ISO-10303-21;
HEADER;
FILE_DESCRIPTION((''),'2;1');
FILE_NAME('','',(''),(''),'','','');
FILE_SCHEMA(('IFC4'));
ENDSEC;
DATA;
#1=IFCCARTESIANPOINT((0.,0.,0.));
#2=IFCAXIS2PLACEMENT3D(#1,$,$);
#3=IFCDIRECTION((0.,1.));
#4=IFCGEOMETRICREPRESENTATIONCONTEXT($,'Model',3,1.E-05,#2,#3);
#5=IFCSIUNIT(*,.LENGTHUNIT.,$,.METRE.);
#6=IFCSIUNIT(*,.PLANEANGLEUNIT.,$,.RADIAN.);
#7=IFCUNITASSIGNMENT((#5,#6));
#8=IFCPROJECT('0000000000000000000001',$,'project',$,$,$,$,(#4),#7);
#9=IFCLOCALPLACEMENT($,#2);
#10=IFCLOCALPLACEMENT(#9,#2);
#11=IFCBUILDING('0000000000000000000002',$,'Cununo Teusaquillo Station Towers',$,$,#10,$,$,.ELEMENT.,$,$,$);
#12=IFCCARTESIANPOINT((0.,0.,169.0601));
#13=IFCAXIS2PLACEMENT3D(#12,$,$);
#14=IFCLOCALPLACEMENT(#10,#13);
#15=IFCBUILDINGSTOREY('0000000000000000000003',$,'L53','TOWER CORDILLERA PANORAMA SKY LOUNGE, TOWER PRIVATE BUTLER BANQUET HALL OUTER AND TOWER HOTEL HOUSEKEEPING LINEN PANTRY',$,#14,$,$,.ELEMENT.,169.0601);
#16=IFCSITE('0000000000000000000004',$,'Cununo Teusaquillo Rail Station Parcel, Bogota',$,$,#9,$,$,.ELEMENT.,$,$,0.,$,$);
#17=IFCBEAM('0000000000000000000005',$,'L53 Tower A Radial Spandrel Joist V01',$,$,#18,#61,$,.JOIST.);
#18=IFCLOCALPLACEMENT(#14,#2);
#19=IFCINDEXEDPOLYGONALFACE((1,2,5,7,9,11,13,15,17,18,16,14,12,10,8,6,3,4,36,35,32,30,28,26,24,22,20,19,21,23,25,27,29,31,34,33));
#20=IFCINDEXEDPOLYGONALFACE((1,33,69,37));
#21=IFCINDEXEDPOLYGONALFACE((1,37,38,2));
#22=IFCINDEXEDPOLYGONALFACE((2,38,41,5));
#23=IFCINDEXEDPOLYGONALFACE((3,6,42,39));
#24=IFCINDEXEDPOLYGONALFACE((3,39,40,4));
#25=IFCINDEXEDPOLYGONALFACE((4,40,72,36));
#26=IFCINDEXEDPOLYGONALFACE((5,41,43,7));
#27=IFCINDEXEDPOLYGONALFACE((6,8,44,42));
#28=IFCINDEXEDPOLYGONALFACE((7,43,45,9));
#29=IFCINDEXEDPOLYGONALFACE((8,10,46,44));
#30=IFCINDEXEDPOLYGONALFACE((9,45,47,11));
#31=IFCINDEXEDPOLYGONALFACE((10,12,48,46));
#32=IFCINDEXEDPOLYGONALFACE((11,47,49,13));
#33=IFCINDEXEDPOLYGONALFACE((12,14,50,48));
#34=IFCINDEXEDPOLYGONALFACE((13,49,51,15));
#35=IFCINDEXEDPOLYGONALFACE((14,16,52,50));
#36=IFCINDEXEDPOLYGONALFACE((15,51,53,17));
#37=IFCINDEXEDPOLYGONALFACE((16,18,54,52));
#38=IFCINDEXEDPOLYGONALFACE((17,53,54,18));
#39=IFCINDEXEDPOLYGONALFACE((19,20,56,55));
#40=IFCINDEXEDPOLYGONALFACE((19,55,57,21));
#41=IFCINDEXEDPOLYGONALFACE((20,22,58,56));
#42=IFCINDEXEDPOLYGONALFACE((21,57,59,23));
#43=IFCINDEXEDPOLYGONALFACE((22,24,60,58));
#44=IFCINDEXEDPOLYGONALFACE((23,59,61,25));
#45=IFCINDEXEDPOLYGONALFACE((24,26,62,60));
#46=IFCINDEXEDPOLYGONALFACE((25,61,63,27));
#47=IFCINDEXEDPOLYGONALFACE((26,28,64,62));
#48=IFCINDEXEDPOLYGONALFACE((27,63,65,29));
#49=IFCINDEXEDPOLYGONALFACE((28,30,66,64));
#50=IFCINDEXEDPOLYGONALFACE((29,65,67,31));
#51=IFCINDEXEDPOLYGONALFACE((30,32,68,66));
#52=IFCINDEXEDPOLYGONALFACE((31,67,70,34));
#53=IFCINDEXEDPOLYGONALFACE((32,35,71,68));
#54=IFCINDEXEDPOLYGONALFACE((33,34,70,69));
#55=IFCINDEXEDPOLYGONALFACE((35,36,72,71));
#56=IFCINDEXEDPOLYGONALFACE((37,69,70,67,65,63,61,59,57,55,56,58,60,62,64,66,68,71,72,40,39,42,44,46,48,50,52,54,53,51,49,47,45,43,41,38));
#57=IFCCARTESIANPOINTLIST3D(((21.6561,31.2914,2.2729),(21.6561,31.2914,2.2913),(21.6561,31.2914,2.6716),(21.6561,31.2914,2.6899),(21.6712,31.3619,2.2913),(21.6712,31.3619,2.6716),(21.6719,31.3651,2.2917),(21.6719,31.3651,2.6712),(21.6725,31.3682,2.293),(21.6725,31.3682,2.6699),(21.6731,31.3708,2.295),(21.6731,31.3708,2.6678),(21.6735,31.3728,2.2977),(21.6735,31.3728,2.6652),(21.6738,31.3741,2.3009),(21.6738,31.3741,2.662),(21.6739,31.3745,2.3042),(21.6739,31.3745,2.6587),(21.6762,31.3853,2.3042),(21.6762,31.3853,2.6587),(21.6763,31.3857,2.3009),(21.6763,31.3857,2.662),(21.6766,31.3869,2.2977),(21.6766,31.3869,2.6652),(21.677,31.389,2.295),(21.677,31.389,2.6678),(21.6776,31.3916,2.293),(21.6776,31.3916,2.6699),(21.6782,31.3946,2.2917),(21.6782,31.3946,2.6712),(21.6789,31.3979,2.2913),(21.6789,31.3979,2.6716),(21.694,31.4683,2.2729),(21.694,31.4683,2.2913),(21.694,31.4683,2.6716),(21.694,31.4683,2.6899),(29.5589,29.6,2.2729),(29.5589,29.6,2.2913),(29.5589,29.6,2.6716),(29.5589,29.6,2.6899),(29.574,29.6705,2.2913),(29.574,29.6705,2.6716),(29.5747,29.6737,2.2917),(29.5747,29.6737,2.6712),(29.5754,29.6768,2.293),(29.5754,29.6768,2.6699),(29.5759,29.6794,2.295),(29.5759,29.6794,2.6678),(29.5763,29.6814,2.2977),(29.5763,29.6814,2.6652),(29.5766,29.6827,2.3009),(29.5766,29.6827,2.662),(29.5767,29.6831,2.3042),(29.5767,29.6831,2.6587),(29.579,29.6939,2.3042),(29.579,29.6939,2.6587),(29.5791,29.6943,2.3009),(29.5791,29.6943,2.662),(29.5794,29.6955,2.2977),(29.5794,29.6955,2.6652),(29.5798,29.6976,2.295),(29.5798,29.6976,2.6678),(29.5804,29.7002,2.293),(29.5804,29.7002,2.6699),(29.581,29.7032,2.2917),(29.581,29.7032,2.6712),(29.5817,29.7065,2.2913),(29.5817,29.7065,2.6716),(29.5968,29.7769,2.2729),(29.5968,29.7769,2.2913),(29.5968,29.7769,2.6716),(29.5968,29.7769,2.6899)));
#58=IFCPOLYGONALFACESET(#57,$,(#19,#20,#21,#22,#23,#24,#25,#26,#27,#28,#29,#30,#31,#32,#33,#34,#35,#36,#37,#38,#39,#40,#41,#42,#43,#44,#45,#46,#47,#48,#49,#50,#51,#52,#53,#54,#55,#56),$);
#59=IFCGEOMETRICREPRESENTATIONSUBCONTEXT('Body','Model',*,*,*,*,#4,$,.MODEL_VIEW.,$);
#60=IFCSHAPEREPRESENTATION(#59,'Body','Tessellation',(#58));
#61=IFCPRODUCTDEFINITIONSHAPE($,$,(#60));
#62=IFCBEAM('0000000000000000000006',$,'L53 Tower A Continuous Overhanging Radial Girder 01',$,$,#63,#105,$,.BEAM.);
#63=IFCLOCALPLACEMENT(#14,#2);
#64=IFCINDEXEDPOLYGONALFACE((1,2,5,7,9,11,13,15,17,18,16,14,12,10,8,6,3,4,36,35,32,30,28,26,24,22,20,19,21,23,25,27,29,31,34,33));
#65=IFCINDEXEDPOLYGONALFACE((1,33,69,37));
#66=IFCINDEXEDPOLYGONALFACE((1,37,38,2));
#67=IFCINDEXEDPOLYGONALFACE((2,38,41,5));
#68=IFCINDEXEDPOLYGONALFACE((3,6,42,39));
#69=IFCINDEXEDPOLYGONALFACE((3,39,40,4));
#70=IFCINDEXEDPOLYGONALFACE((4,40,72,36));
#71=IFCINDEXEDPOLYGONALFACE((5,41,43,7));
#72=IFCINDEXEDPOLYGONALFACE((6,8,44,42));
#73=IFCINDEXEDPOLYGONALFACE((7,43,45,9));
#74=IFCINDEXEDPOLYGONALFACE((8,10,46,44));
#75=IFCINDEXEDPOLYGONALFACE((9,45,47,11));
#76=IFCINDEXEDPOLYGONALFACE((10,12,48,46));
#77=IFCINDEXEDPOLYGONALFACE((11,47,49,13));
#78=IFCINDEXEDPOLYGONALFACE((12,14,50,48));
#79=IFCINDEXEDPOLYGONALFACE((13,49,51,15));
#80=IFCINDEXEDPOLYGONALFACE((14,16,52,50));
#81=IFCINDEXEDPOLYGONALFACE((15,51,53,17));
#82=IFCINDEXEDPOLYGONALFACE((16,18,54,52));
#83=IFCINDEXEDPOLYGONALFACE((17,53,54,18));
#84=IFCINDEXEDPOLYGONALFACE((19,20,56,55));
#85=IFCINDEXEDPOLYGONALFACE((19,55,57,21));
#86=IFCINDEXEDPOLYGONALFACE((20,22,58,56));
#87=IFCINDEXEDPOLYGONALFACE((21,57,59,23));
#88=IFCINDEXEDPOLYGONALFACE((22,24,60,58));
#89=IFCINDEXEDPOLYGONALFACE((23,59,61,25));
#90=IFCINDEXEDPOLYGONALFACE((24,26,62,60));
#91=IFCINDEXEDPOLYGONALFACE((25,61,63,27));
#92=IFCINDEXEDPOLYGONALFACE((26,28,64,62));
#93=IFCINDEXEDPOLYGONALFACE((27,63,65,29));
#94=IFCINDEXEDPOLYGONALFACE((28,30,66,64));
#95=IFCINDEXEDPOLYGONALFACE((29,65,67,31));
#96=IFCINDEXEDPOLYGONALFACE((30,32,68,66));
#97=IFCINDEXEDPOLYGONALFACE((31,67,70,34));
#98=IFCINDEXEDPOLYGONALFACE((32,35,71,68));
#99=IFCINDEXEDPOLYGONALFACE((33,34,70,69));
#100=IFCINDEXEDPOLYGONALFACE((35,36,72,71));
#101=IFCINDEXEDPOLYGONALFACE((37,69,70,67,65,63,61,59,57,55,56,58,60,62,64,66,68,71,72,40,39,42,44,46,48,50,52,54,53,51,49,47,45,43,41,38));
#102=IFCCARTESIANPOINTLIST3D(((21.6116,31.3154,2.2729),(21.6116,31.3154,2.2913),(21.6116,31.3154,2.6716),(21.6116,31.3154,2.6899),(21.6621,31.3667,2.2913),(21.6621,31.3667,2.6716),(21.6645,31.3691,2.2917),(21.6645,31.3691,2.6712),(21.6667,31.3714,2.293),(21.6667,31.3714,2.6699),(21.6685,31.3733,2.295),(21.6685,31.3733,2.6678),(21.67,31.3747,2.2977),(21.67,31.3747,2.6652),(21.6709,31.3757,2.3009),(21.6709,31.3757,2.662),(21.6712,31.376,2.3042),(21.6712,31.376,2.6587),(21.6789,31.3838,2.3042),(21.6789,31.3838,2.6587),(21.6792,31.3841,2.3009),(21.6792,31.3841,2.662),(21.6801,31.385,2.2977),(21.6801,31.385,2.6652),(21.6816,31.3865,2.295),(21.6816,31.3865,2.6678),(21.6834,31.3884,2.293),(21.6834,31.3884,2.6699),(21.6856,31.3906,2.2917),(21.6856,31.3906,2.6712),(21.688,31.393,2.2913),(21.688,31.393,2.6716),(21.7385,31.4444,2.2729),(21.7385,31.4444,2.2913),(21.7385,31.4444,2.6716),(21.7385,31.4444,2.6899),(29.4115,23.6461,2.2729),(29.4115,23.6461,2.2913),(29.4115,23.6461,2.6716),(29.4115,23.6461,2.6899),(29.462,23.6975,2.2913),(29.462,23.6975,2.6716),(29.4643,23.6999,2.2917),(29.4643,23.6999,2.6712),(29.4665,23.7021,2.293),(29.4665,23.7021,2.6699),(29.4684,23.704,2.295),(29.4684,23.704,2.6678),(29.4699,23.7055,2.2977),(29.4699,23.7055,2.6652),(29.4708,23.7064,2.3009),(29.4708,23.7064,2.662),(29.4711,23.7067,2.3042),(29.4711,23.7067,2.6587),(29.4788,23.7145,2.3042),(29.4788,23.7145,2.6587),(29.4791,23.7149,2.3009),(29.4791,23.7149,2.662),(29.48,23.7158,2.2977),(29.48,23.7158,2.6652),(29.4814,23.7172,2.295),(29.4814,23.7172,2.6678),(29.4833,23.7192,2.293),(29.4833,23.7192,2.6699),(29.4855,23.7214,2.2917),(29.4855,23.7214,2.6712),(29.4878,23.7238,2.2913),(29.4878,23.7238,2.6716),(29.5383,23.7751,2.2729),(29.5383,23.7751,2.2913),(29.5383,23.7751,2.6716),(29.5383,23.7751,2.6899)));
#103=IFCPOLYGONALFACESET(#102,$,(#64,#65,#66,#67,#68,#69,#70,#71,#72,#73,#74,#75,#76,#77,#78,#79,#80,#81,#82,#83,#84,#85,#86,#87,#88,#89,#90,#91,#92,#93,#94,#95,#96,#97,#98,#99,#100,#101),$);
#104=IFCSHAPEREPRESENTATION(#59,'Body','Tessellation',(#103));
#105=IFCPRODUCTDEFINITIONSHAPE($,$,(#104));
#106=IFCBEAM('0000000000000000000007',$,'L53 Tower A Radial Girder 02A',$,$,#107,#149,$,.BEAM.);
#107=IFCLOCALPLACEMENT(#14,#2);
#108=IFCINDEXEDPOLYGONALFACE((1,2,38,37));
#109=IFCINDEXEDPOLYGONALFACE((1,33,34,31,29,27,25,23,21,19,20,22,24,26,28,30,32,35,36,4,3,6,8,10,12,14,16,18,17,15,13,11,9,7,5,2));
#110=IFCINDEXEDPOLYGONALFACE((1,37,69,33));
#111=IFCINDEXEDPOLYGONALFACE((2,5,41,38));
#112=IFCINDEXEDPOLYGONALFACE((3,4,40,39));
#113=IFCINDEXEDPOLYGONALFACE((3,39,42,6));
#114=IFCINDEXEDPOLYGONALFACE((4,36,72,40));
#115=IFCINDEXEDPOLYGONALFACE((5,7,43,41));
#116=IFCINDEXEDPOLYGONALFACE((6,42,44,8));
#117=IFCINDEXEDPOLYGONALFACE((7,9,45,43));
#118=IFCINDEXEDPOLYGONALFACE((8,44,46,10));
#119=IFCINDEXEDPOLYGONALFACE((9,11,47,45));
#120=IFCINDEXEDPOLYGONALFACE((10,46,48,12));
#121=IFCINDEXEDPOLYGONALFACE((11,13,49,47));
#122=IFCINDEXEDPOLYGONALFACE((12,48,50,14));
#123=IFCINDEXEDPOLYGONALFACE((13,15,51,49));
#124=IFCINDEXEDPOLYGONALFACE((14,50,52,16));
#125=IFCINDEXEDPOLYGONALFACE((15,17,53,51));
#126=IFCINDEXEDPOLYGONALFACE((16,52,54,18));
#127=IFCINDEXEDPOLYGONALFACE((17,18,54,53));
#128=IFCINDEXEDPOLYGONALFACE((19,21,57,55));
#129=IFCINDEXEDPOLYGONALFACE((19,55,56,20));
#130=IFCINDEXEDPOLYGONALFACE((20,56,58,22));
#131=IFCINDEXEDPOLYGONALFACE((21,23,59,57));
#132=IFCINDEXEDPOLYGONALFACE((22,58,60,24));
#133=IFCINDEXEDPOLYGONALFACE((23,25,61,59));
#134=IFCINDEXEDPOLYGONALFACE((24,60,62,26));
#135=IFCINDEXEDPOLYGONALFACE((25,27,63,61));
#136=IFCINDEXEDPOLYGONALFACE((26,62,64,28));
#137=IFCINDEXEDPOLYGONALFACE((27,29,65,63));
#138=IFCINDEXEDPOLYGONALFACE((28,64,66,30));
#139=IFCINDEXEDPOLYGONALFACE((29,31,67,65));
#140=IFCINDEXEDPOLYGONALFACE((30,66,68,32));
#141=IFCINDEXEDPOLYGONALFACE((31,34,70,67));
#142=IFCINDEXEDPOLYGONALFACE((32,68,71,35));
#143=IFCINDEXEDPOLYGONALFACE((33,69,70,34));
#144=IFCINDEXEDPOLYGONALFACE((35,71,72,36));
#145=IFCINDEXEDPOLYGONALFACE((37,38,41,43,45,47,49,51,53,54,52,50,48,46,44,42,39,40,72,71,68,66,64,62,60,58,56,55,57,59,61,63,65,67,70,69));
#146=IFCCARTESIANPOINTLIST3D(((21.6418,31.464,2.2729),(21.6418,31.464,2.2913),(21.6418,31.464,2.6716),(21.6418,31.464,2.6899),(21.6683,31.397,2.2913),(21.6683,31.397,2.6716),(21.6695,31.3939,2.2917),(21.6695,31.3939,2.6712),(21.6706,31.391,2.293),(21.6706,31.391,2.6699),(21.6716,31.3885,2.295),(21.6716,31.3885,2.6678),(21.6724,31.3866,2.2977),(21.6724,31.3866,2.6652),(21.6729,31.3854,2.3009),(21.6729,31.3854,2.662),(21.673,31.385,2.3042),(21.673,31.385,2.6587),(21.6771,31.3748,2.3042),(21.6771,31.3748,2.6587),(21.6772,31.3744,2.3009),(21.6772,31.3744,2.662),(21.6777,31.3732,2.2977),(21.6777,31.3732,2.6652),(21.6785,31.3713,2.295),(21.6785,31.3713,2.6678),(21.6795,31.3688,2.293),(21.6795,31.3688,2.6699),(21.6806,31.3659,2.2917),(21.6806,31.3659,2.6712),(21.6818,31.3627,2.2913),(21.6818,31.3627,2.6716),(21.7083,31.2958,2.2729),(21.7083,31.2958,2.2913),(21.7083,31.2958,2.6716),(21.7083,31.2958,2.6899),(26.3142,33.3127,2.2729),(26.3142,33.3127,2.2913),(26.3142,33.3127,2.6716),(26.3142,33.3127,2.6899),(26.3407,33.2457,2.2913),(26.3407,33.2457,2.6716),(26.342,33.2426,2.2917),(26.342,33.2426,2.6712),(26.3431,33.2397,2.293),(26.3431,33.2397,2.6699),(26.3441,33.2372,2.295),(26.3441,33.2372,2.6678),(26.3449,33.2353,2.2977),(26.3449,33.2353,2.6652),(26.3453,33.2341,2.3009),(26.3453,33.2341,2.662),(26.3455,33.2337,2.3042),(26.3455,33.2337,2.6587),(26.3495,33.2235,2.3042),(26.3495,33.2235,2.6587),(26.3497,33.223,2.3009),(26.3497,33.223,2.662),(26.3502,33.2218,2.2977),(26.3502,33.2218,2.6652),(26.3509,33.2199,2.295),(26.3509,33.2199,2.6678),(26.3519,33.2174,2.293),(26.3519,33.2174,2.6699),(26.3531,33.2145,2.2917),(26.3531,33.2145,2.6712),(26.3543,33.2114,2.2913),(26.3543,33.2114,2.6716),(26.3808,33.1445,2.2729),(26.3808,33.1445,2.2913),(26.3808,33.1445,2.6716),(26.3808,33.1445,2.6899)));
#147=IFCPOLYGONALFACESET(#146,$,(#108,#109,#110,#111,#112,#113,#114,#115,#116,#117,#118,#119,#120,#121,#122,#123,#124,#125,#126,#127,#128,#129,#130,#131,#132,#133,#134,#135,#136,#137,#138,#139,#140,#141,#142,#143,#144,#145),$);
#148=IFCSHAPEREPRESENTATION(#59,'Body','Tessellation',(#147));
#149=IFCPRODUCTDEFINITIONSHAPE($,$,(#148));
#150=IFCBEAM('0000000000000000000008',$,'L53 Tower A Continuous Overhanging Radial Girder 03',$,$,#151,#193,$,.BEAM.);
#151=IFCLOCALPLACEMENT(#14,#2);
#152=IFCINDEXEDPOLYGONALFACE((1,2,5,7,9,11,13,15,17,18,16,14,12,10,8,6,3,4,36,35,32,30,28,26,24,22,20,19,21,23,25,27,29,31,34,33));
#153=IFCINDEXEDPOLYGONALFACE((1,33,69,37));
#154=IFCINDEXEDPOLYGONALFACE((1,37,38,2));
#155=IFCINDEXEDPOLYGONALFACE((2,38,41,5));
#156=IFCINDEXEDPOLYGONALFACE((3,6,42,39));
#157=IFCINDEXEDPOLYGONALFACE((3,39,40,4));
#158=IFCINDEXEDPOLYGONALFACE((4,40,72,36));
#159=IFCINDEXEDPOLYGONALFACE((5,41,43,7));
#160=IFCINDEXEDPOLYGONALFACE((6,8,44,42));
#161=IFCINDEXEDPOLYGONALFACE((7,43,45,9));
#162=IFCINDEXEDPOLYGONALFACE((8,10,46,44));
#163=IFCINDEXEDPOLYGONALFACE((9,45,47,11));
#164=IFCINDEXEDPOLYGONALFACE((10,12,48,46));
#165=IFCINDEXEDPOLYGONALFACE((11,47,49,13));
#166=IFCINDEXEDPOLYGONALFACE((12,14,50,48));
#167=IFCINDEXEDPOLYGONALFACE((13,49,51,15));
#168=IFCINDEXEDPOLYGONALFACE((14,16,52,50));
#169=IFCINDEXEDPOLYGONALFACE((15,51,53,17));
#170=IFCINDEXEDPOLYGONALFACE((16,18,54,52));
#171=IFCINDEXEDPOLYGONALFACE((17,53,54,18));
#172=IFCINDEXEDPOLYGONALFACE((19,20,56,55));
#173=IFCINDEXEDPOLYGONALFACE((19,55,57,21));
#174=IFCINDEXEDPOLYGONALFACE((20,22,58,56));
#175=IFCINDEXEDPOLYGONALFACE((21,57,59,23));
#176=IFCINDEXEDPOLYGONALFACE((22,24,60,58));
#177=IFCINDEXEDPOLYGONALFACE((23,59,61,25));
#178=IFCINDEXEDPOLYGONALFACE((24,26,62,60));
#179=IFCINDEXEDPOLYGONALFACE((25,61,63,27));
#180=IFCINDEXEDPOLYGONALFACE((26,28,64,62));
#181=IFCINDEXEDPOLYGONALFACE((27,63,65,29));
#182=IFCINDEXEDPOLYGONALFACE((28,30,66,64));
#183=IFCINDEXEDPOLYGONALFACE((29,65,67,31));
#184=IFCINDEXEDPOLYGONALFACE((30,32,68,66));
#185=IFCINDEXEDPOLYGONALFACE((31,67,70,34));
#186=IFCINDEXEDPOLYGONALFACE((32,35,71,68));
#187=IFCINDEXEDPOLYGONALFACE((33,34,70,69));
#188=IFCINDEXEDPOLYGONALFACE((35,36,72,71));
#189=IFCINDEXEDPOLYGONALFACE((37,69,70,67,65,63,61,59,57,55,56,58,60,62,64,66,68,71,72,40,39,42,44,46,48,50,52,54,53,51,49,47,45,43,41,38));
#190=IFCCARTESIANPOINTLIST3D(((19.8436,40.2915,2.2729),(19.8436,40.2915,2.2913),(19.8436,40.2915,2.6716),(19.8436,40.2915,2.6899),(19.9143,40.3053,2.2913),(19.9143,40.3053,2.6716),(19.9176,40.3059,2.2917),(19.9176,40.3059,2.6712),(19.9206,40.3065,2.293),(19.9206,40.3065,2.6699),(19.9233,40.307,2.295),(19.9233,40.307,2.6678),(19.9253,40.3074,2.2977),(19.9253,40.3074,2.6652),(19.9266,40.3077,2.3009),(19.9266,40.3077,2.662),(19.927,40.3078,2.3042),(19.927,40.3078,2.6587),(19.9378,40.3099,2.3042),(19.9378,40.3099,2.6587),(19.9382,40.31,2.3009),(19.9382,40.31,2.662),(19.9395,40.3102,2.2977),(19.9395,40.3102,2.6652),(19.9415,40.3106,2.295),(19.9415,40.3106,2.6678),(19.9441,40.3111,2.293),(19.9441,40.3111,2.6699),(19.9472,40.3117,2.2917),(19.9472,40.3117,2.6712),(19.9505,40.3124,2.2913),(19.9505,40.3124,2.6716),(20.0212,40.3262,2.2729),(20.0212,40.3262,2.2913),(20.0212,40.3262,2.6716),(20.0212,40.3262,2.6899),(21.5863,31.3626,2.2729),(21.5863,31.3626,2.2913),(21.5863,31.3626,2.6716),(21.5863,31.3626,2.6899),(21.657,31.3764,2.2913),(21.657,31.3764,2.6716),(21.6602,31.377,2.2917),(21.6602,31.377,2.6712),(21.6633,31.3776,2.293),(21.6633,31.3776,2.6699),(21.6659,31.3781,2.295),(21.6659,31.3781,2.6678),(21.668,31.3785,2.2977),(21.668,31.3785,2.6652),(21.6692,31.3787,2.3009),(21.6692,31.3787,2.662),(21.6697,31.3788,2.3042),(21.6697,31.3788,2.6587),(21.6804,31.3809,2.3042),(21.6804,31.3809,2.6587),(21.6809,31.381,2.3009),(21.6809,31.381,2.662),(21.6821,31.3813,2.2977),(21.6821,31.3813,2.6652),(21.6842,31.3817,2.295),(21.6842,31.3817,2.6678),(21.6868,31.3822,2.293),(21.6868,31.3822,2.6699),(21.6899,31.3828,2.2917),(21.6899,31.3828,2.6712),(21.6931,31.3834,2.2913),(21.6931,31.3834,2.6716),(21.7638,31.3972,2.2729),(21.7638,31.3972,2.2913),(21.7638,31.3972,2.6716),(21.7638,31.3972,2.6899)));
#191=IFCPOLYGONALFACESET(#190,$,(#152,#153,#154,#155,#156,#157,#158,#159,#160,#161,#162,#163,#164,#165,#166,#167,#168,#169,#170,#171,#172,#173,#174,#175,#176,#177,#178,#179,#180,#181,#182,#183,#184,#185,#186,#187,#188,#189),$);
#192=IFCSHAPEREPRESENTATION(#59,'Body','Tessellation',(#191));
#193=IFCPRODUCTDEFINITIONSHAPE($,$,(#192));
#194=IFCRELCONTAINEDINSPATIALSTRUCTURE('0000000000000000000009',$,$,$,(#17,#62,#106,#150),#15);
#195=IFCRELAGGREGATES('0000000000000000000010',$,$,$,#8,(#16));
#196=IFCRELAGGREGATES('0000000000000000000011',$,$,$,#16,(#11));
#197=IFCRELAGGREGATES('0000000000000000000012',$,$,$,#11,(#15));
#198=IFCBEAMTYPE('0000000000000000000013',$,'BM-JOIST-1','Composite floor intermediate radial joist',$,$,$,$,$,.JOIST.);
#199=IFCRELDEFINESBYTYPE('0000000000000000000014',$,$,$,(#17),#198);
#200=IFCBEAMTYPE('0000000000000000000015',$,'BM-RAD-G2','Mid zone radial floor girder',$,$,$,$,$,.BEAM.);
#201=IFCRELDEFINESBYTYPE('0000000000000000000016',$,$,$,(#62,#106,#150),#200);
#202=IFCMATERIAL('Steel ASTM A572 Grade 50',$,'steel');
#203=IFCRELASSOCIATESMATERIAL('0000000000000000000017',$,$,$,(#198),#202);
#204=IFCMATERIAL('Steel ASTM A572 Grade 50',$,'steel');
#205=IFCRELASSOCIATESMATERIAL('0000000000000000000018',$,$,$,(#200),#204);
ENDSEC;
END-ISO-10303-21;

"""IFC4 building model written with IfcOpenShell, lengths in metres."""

from ifc_helpers import new_model, si_unit, direction, frame, origin, origin_2d, place, context, subcontext, project, spatial, i_section, extrude, material, material_profile, profile_set, type_object, element, save


model = new_model("IFC4")

# Units and contexts
model_context = context("Model", 3, precision=1e-05, world=origin(), true_north=direction((0.0, 1.0)))
body_context = subcontext(model_context, "Body", "Model", "MODEL_VIEW")
ifc_project = project(units=[si_unit("LENGTHUNIT", "METRE"), si_unit("PLANEANGLEUNIT", "RADIAN")], contexts=[model_context])

# Site, building, storey
site_placement = place(None, origin())
site = spatial("IfcSite", under=ifc_project, at=site_placement, Name="Cununo Teusaquillo Rail Station Parcel, Bogota", CompositionType="ELEMENT", RefElevation=0.0)
building_placement = place(site_placement, origin())
building = spatial("IfcBuilding", under=site, at=building_placement, Name="Cununo Teusaquillo Station Towers", CompositionType="ELEMENT")
storey_placement = place(building_placement, frame((0.0, 0.0, 169.0601)))
storey = spatial("IfcBuildingStorey", under=building, at=storey_placement, Name="L53", Description="TOWER CORDILLERA PANORAMA SKY LOUNGE, TOWER PRIVATE BUTLER BANQUET HALL OUTER AND TOWER HOTEL HOUSEKEEPING LINEN PANTRY", CompositionType="ELEMENT", Elevation=169.0601)

# Beams
ifc_material_1 = material(Name="Steel ASTM A572 Grade 50", Category="steel")
ifc_material_profile_1 = material_profile(ifc_material_1, i_section(OverallWidth=0.1809, OverallDepth=0.417, WebThickness=0.011, FlangeThickness=0.0183, FilletRadius=0.0129, at=origin_2d()), Name="W16X57")
ifc_profile_set_1 = profile_set([ifc_material_profile_1], Name="Steel ASTM A572 Grade 50")
beam_type_1 = type_object("IfcBeamType", Name="BM-JOIST-1", Description="Composite floor intermediate radial joist", PredefinedType="JOIST", material=ifc_profile_set_1)
beam_1_placement = place(storey_placement, frame((21.675, 31.3799, 2.4814), z_axis=(0.977855, -0.209286, 0.0), x_axis=(0.209286, 0.977855, 0.0)))
element("IfcBeam", 1, at=beam_1_placement, inside=storey, type_object=beam_type_1, Name="L53 Tower A Radial Spandrel Joist V01", PredefinedType="JOIST", context=body_context, shape_type="SweptSolid", body=[
    extrude(i_section(OverallWidth=0.1809, OverallDepth=0.417, WebThickness=0.011, FlangeThickness=0.0183, FilletRadius=0.0129, at=origin_2d()), origin(), (0.0, 0.0, 1.0), 8.0818),
])
ifc_material_2 = material(Name="Steel ASTM A572 Grade 50", Category="steel")
ifc_material_profile_2 = material_profile(ifc_material_2, i_section(OverallWidth=0.1809, OverallDepth=0.417, WebThickness=0.011, FlangeThickness=0.0183, FilletRadius=0.0129, at=origin_2d()), Name="W16X57")
ifc_profile_set_2 = profile_set([ifc_material_profile_2], Name="Steel ASTM A572 Grade 50")
beam_type_2 = type_object("IfcBeamType", Name="BM-RAD-G2", Description="Mid zone radial floor girder", PredefinedType="BEAM", material=ifc_profile_set_2)
beam_2_placement = place(storey_placement, frame((21.675, 31.3799, 2.4814), z_axis=(0.713052, -0.701111, 0.0), x_axis=(0.701111, 0.713052, 0.0)))
element("IfcBeam", 2, at=beam_2_placement, inside=storey, type_object=beam_type_2, Name="L53 Tower A Continuous Overhanging Radial Girder 01", PredefinedType="BEAM", context=body_context, shape_type="SweptSolid", body=[
    extrude(i_section(OverallWidth=0.1809, OverallDepth=0.417, WebThickness=0.011, FlangeThickness=0.0183, FilletRadius=0.0129, at=origin_2d()), origin(), (0.0, 0.0, 1.0), 10.9387),
])
beam_3_placement = place(storey_placement, frame((21.675, 31.3799, 2.4814), z_axis=(0.929864, 0.367903, 0.0), x_axis=(-0.367903, 0.929864, 0.0)))
element("IfcBeam", 3, at=beam_3_placement, inside=storey, type_object=beam_type_2, Name="L53 Tower A Radial Girder 02A", PredefinedType="BEAM", context=body_context, shape_type="SweptSolid", body=[
    extrude(i_section(OverallWidth=0.1809, OverallDepth=0.417, WebThickness=0.011, FlangeThickness=0.0183, FilletRadius=0.0129, at=origin_2d()), origin(), (0.0, 0.0, 1.0), 5.0249),
])
beam_4_placement = place(storey_placement, frame((21.675, 31.3799, 2.4814), z_axis=(-0.191557, 0.981481, 0.0), x_axis=(-0.981481, -0.191557, 0.0)))
element("IfcBeam", 4, at=beam_4_placement, inside=storey, type_object=beam_type_2, Name="L53 Tower A Continuous Overhanging Radial Girder 03", PredefinedType="BEAM", context=body_context, shape_type="SweptSolid", body=[
    extrude(i_section(OverallWidth=0.1809, OverallDepth=0.417, WebThickness=0.011, FlangeThickness=0.0183, FilletRadius=0.0129, at=origin_2d()), origin(), (0.0, 0.0, 1.0), 9.0974),
])

save(model, "model.ifc")
